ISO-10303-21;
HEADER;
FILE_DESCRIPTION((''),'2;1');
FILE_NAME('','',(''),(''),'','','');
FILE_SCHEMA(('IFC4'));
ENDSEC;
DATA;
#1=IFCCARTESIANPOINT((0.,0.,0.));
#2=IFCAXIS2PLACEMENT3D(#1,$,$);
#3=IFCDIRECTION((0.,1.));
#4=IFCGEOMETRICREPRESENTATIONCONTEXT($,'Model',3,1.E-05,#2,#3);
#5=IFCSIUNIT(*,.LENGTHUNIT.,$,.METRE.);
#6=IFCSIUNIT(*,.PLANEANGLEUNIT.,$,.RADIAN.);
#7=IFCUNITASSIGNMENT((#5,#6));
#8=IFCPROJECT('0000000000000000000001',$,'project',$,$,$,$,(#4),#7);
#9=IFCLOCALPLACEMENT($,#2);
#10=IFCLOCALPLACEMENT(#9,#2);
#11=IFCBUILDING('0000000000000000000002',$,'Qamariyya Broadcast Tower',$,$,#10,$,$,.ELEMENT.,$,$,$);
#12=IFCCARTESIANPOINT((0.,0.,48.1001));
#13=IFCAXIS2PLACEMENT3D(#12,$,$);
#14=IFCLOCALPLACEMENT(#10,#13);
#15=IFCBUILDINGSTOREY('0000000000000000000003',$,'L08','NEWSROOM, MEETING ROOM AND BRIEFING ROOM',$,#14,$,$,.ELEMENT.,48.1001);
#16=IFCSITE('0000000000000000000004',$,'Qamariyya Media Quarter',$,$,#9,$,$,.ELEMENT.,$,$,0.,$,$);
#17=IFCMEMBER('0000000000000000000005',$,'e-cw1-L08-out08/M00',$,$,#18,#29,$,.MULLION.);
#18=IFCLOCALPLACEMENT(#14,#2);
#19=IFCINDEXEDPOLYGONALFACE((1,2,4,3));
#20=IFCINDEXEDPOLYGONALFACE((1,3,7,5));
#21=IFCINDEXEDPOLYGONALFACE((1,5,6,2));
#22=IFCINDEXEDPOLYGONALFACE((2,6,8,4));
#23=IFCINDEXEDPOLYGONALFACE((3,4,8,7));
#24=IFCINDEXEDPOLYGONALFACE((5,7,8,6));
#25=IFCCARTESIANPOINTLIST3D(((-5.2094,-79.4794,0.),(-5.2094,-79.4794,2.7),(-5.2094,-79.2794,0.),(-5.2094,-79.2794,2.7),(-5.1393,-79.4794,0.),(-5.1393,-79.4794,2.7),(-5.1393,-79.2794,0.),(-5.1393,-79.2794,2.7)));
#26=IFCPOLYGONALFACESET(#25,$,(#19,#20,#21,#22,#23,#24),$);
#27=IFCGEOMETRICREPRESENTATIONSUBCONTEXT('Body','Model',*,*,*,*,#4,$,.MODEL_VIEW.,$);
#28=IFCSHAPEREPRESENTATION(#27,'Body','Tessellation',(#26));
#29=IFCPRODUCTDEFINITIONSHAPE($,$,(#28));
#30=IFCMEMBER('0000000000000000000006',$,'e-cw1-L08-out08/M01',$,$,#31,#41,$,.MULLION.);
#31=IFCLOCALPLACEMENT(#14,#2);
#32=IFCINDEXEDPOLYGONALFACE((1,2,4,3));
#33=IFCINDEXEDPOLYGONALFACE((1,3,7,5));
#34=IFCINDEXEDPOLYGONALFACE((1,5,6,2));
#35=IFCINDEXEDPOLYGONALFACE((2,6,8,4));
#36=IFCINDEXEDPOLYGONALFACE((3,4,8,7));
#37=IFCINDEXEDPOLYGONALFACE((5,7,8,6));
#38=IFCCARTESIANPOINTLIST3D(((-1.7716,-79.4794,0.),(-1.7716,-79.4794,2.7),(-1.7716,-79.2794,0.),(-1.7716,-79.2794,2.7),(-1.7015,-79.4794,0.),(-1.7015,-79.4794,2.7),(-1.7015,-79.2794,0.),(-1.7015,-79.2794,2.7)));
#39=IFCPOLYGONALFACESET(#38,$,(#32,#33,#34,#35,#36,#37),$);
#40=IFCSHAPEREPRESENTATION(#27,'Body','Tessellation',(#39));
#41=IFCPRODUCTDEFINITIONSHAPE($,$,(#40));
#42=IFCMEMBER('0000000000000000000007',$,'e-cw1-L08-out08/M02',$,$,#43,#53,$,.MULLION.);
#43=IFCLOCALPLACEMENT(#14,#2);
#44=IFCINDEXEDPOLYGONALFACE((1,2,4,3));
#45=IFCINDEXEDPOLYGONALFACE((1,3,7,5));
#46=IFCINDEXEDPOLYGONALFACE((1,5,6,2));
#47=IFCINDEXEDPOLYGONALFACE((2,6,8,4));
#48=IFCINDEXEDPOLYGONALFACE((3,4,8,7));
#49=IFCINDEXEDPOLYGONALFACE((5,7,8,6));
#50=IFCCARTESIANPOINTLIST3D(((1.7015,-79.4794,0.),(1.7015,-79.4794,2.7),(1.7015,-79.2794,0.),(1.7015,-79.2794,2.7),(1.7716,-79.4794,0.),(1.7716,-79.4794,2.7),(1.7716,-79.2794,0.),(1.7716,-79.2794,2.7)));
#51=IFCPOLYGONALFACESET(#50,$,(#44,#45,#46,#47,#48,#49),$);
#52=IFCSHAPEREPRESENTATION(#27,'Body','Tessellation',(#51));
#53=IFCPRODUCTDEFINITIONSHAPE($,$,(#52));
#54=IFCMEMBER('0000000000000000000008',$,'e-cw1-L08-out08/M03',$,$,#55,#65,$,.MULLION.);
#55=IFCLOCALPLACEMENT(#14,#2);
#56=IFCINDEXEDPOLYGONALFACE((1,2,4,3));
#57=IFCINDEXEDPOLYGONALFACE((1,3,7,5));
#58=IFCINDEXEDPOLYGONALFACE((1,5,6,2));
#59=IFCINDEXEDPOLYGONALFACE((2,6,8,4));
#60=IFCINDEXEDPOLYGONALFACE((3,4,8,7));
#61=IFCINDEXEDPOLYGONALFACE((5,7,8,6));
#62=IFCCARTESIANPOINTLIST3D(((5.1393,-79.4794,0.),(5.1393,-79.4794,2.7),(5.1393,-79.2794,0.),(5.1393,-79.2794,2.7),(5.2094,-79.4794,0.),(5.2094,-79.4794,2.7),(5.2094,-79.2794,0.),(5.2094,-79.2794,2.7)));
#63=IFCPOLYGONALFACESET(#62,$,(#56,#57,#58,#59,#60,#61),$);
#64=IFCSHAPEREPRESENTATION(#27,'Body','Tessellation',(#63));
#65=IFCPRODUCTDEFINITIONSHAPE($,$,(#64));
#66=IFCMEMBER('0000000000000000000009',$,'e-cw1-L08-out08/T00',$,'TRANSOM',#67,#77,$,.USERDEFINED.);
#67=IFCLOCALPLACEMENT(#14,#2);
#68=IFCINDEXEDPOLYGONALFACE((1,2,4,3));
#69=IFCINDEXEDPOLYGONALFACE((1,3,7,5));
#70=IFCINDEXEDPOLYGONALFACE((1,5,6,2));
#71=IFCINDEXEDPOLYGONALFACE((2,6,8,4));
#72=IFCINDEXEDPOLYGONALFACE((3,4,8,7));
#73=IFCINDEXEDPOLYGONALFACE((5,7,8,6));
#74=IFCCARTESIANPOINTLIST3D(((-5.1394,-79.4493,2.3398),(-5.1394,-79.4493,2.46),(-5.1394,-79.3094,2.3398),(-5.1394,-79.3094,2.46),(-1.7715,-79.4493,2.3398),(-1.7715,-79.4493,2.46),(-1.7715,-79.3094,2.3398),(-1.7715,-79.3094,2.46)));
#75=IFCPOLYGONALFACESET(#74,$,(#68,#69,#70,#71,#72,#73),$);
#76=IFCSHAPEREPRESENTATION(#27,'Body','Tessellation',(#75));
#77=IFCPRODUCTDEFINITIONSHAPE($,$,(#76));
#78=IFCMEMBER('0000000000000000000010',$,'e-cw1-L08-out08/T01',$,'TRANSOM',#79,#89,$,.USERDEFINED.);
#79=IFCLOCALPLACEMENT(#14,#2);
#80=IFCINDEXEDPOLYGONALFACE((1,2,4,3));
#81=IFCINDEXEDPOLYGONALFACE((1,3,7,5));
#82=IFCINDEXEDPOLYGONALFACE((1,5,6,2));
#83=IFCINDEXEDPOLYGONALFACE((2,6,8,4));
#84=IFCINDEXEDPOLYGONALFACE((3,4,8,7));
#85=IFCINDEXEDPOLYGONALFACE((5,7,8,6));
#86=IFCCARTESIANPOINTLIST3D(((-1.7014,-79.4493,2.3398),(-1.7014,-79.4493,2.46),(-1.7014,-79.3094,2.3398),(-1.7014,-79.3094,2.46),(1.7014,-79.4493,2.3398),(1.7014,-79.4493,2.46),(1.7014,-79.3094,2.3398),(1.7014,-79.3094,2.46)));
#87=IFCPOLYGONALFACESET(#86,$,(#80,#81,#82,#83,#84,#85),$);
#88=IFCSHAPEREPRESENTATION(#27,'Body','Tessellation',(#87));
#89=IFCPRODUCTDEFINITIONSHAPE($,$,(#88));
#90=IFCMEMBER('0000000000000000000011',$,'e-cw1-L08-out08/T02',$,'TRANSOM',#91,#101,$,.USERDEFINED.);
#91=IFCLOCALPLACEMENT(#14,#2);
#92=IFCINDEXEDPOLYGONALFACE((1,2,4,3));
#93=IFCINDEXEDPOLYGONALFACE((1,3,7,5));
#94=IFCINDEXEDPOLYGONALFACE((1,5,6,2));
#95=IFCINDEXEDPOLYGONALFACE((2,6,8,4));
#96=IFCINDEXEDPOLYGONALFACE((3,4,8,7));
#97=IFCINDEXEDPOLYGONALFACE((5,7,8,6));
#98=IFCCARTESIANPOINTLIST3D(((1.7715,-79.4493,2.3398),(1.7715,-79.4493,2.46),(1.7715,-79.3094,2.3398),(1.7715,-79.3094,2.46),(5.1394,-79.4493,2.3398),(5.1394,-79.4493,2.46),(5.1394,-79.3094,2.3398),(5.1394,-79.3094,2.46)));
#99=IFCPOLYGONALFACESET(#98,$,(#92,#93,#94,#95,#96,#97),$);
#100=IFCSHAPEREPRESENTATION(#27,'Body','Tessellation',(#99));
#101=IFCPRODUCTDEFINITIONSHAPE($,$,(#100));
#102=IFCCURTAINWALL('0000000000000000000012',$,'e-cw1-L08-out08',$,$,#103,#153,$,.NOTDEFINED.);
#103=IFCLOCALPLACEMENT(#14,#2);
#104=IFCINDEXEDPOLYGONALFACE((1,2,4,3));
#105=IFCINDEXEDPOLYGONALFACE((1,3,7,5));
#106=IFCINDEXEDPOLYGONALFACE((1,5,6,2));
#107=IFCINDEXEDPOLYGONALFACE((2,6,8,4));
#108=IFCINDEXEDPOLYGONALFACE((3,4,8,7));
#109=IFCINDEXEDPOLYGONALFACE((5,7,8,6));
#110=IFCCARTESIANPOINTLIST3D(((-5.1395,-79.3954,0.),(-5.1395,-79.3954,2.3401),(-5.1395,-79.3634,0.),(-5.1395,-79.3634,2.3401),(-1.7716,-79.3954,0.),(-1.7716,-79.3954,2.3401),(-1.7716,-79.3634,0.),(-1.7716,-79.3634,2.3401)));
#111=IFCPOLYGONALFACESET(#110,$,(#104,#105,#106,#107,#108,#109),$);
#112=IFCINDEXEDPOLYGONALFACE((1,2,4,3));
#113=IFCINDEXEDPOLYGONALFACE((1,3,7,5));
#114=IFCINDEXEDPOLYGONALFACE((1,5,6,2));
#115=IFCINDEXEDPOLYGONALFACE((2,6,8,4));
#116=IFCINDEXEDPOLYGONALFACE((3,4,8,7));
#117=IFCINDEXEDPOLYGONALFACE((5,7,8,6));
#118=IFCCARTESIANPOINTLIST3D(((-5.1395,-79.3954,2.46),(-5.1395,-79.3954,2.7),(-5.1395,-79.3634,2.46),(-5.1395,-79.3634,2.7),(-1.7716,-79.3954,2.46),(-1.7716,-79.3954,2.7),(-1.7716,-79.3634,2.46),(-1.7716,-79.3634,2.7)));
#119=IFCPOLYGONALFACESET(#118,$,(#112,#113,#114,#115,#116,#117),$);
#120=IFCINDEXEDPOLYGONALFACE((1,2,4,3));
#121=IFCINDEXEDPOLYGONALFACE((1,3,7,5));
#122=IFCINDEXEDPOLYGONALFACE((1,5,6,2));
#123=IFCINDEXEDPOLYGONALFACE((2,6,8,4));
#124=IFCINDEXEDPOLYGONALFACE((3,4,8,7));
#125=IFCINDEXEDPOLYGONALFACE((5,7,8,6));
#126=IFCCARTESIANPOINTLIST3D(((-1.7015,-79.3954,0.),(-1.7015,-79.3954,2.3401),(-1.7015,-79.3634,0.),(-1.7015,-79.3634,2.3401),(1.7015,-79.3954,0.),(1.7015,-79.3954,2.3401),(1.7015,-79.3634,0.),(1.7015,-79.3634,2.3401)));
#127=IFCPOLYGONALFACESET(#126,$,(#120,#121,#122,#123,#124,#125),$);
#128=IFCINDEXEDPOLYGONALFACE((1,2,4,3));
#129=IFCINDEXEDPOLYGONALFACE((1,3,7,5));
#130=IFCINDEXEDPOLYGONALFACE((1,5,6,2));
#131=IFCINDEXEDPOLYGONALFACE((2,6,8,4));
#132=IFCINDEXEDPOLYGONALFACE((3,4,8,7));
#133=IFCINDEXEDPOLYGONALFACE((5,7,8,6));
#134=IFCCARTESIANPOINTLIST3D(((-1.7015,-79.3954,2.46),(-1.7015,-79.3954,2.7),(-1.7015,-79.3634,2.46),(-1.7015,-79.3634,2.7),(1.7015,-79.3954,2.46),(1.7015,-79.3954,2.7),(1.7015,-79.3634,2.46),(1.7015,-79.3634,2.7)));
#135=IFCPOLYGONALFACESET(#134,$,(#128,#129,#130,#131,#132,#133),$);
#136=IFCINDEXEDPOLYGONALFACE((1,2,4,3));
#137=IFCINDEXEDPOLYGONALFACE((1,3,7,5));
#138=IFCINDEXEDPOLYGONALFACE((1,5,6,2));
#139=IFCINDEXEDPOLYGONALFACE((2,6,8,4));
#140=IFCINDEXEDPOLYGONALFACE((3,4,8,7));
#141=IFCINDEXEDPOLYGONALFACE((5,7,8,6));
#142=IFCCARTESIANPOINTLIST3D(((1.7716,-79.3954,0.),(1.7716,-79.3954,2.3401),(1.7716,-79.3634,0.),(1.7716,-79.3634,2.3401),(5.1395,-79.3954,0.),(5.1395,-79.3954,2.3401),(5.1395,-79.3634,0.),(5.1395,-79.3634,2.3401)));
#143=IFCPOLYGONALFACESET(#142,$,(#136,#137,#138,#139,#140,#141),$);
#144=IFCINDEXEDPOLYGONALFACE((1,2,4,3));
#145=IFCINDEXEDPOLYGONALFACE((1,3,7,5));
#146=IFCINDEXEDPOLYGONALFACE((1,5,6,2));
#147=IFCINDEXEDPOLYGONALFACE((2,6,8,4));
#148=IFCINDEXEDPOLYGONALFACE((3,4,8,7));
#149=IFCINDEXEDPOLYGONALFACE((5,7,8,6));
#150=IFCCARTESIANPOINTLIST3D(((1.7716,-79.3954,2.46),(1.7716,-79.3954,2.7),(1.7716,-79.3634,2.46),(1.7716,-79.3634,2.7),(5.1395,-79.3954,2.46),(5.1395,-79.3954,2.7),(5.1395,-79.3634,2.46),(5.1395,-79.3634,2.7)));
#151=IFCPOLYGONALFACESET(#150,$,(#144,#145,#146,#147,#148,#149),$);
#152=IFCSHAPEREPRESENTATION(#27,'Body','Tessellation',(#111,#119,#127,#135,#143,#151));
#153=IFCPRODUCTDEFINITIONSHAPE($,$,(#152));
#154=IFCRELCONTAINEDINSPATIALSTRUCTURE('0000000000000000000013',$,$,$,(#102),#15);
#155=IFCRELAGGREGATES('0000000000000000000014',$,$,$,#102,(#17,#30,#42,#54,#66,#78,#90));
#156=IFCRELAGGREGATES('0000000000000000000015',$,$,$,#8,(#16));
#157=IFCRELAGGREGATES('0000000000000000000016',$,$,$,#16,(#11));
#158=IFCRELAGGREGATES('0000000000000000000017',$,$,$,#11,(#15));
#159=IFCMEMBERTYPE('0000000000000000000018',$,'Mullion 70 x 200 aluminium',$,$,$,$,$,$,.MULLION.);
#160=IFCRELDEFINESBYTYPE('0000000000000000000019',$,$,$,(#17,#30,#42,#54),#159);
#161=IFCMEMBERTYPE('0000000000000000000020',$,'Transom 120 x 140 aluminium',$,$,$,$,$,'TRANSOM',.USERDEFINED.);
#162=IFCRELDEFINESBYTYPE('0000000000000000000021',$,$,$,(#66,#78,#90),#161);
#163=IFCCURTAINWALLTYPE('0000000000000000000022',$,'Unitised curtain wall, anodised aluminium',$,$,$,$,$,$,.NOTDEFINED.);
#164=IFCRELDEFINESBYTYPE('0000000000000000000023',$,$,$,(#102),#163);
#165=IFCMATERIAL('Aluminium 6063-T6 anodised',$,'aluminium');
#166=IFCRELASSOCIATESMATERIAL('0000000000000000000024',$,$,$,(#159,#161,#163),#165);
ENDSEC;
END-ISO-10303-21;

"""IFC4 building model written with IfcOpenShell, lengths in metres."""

from ifc_helpers import new_model, si_unit, direction, frame, origin, origin_2d, place, context, subcontext, project, spatial, rectangle, extrude, material, material_profile, profile_set, type_object, element, aggregate, save


model = new_model("IFC4")

# Units and contexts
model_context = context("Model", 3, precision=1e-05, world=origin(), true_north=direction((0.0, 1.0)))
body_context = subcontext(model_context, "Body", "Model", "MODEL_VIEW")
ifc_project = project(units=[si_unit("LENGTHUNIT", "METRE"), si_unit("PLANEANGLEUNIT", "RADIAN")], contexts=[model_context])

# Members
ifc_material = material(Name="Aluminium 6063-T6 anodised", Category="aluminium")
ifc_material_profile_1 = material_profile(ifc_material, rectangle(XDim=0.2, YDim=0.0701, at=origin_2d()))
ifc_profile_set_1 = profile_set([ifc_material_profile_1], Name="Aluminium 6063-T6 anodised")
member_type_1 = type_object("IfcMemberType", Name="Mullion 70 x 200 aluminium", PredefinedType="MULLION", material=ifc_profile_set_1)
site_placement = place(None, origin())
building_placement = place(site_placement, origin())
storey_placement = place(building_placement, frame((0.0, 0.0, 48.1001)))
member_1_placement = place(storey_placement, frame((-5.1743, -79.3794, 0.0), z_axis=(0.0, 0.0, 1.0), x_axis=(0.0, 1.0, 0.0)))
member_1 = element("IfcMember", 1, at=member_1_placement, type_object=member_type_1, Name="e-cw1-L08-out08/M00", PredefinedType="MULLION", context=body_context, shape_type="SweptSolid", body=[
    extrude(rectangle(XDim=0.2, YDim=0.0701, at=origin_2d()), origin(), (0.0, 0.0, 1.0), 2.7),
])
member_2_placement = place(storey_placement, frame((-1.7366, -79.3794, 0.0), z_axis=(0.0, 0.0, 1.0), x_axis=(0.0, 1.0, 0.0)))
member_2 = element("IfcMember", 2, at=member_2_placement, type_object=member_type_1, Name="e-cw1-L08-out08/M01", PredefinedType="MULLION", context=body_context, shape_type="SweptSolid", body=[
    extrude(rectangle(XDim=0.2, YDim=0.0701, at=origin_2d()), origin(), (0.0, 0.0, 1.0), 2.7),
])
member_3_placement = place(storey_placement, frame((1.7366, -79.3794, 0.0), z_axis=(0.0, 0.0, 1.0), x_axis=(0.0, 1.0, 0.0)))
member_3 = element("IfcMember", 3, at=member_3_placement, type_object=member_type_1, Name="e-cw1-L08-out08/M02", PredefinedType="MULLION", context=body_context, shape_type="SweptSolid", body=[
    extrude(rectangle(XDim=0.2, YDim=0.0701, at=origin_2d()), origin(), (0.0, 0.0, 1.0), 2.7),
])
member_4_placement = place(storey_placement, frame((5.1743, -79.3794, 0.0), z_axis=(0.0, 0.0, 1.0), x_axis=(0.0, 1.0, 0.0)))
member_4 = element("IfcMember", 4, at=member_4_placement, type_object=member_type_1, Name="e-cw1-L08-out08/M03", PredefinedType="MULLION", context=body_context, shape_type="SweptSolid", body=[
    extrude(rectangle(XDim=0.2, YDim=0.0701, at=origin_2d()), origin(), (0.0, 0.0, 1.0), 2.7),
])
ifc_material_profile_2 = material_profile(ifc_material, rectangle(XDim=0.1399, YDim=0.1201, at=origin_2d()))
ifc_profile_set_2 = profile_set([ifc_material_profile_2], Name="Aluminium 6063-T6 anodised")
member_type_2 = type_object("IfcMemberType", Name="Transom 120 x 140 aluminium", ElementType="TRANSOM", PredefinedType="USERDEFINED", material=ifc_profile_set_2)
member_5_placement = place(storey_placement, frame((-5.1394, -79.3794, 2.3999), z_axis=(1.0, 0.0, 0.0), x_axis=(0.0, 1.0, 0.0)))
member_5 = element("IfcMember", 5, at=member_5_placement, type_object=member_type_2, Name="e-cw1-L08-out08/T00", ObjectType="TRANSOM", PredefinedType="USERDEFINED", context=body_context, shape_type="SweptSolid", body=[
    extrude(rectangle(XDim=0.1399, YDim=0.1201, at=origin_2d()), origin(), (0.0, 0.0, 1.0), 3.3679),
])
member_6_placement = place(storey_placement, frame((-1.7014, -79.3794, 2.3999), z_axis=(1.0, 0.0, 0.0), x_axis=(0.0, 1.0, 0.0)))
member_6 = element("IfcMember", 6, at=member_6_placement, type_object=member_type_2, Name="e-cw1-L08-out08/T01", ObjectType="TRANSOM", PredefinedType="USERDEFINED", context=body_context, shape_type="SweptSolid", body=[
    extrude(rectangle(XDim=0.1399, YDim=0.1201, at=origin_2d()), origin(), (0.0, 0.0, 1.0), 3.4028),
])
member_7_placement = place(storey_placement, frame((1.7715, -79.3794, 2.3999), z_axis=(1.0, 0.0, 0.0), x_axis=(0.0, 1.0, 0.0)))
member_7 = element("IfcMember", 7, at=member_7_placement, type_object=member_type_2, Name="e-cw1-L08-out08/T02", ObjectType="TRANSOM", PredefinedType="USERDEFINED", context=body_context, shape_type="SweptSolid", body=[
    extrude(rectangle(XDim=0.1399, YDim=0.1201, at=origin_2d()), origin(), (0.0, 0.0, 1.0), 3.3679),
])

# Site, building, storey
site = spatial("IfcSite", under=ifc_project, at=site_placement, Name="Qamariyya Media Quarter", CompositionType="ELEMENT", RefElevation=0.0)
building = spatial("IfcBuilding", under=site, at=building_placement, Name="Qamariyya Broadcast Tower", CompositionType="ELEMENT")
storey = spatial("IfcBuildingStorey", under=building, at=storey_placement, Name="L08", Description="NEWSROOM, MEETING ROOM AND BRIEFING ROOM", CompositionType="ELEMENT", Elevation=48.1001)

# Curtain wall
curtain_wall_type = type_object("IfcCurtainWallType", Name="Unitised curtain wall, anodised aluminium", PredefinedType="NOTDEFINED", material=ifc_material)
curtain_wall_1_placement = place(storey_placement, origin())
curtain_wall_1 = element("IfcCurtainWall", 8, at=curtain_wall_1_placement, inside=storey, type_object=curtain_wall_type, Name="e-cw1-L08-out08", PredefinedType="NOTDEFINED", context=body_context, shape_type="SweptSolid", body=[
    extrude(rectangle(XDim=3.3679, YDim=0.032, at=origin_2d()), frame((-3.4556, -79.3794, 0.0), x_axis=(1.0, 0.0, 0.0)), (0.0, 0.0, 1.0), 2.3401),
    extrude(rectangle(XDim=3.3679, YDim=0.032, at=origin_2d()), frame((-3.4556, -79.3794, 2.46), x_axis=(1.0, 0.0, 0.0)), (0.0, 0.0, 1.0), 0.24),
    extrude(rectangle(XDim=3.4031, YDim=0.032, at=origin_2d()), frame((0.0, -79.3794, 0.0), x_axis=(1.0, 0.0, 0.0)), (0.0, 0.0, 1.0), 2.3401),
    extrude(rectangle(XDim=3.4031, YDim=0.032, at=origin_2d()), frame((0.0, -79.3794, 2.46), x_axis=(1.0, 0.0, 0.0)), (0.0, 0.0, 1.0), 0.24),
    extrude(rectangle(XDim=3.3679, YDim=0.032, at=origin_2d()), frame((3.4556, -79.3794, 0.0), x_axis=(1.0, 0.0, 0.0)), (0.0, 0.0, 1.0), 2.3401),
    extrude(rectangle(XDim=3.3679, YDim=0.032, at=origin_2d()), frame((3.4556, -79.3794, 2.46), x_axis=(1.0, 0.0, 0.0)), (0.0, 0.0, 1.0), 0.24),
])
aggregate(curtain_wall_1, [member_1, member_2, member_3, member_4, member_5, member_6, member_7])

save(model, "model.ifc")
